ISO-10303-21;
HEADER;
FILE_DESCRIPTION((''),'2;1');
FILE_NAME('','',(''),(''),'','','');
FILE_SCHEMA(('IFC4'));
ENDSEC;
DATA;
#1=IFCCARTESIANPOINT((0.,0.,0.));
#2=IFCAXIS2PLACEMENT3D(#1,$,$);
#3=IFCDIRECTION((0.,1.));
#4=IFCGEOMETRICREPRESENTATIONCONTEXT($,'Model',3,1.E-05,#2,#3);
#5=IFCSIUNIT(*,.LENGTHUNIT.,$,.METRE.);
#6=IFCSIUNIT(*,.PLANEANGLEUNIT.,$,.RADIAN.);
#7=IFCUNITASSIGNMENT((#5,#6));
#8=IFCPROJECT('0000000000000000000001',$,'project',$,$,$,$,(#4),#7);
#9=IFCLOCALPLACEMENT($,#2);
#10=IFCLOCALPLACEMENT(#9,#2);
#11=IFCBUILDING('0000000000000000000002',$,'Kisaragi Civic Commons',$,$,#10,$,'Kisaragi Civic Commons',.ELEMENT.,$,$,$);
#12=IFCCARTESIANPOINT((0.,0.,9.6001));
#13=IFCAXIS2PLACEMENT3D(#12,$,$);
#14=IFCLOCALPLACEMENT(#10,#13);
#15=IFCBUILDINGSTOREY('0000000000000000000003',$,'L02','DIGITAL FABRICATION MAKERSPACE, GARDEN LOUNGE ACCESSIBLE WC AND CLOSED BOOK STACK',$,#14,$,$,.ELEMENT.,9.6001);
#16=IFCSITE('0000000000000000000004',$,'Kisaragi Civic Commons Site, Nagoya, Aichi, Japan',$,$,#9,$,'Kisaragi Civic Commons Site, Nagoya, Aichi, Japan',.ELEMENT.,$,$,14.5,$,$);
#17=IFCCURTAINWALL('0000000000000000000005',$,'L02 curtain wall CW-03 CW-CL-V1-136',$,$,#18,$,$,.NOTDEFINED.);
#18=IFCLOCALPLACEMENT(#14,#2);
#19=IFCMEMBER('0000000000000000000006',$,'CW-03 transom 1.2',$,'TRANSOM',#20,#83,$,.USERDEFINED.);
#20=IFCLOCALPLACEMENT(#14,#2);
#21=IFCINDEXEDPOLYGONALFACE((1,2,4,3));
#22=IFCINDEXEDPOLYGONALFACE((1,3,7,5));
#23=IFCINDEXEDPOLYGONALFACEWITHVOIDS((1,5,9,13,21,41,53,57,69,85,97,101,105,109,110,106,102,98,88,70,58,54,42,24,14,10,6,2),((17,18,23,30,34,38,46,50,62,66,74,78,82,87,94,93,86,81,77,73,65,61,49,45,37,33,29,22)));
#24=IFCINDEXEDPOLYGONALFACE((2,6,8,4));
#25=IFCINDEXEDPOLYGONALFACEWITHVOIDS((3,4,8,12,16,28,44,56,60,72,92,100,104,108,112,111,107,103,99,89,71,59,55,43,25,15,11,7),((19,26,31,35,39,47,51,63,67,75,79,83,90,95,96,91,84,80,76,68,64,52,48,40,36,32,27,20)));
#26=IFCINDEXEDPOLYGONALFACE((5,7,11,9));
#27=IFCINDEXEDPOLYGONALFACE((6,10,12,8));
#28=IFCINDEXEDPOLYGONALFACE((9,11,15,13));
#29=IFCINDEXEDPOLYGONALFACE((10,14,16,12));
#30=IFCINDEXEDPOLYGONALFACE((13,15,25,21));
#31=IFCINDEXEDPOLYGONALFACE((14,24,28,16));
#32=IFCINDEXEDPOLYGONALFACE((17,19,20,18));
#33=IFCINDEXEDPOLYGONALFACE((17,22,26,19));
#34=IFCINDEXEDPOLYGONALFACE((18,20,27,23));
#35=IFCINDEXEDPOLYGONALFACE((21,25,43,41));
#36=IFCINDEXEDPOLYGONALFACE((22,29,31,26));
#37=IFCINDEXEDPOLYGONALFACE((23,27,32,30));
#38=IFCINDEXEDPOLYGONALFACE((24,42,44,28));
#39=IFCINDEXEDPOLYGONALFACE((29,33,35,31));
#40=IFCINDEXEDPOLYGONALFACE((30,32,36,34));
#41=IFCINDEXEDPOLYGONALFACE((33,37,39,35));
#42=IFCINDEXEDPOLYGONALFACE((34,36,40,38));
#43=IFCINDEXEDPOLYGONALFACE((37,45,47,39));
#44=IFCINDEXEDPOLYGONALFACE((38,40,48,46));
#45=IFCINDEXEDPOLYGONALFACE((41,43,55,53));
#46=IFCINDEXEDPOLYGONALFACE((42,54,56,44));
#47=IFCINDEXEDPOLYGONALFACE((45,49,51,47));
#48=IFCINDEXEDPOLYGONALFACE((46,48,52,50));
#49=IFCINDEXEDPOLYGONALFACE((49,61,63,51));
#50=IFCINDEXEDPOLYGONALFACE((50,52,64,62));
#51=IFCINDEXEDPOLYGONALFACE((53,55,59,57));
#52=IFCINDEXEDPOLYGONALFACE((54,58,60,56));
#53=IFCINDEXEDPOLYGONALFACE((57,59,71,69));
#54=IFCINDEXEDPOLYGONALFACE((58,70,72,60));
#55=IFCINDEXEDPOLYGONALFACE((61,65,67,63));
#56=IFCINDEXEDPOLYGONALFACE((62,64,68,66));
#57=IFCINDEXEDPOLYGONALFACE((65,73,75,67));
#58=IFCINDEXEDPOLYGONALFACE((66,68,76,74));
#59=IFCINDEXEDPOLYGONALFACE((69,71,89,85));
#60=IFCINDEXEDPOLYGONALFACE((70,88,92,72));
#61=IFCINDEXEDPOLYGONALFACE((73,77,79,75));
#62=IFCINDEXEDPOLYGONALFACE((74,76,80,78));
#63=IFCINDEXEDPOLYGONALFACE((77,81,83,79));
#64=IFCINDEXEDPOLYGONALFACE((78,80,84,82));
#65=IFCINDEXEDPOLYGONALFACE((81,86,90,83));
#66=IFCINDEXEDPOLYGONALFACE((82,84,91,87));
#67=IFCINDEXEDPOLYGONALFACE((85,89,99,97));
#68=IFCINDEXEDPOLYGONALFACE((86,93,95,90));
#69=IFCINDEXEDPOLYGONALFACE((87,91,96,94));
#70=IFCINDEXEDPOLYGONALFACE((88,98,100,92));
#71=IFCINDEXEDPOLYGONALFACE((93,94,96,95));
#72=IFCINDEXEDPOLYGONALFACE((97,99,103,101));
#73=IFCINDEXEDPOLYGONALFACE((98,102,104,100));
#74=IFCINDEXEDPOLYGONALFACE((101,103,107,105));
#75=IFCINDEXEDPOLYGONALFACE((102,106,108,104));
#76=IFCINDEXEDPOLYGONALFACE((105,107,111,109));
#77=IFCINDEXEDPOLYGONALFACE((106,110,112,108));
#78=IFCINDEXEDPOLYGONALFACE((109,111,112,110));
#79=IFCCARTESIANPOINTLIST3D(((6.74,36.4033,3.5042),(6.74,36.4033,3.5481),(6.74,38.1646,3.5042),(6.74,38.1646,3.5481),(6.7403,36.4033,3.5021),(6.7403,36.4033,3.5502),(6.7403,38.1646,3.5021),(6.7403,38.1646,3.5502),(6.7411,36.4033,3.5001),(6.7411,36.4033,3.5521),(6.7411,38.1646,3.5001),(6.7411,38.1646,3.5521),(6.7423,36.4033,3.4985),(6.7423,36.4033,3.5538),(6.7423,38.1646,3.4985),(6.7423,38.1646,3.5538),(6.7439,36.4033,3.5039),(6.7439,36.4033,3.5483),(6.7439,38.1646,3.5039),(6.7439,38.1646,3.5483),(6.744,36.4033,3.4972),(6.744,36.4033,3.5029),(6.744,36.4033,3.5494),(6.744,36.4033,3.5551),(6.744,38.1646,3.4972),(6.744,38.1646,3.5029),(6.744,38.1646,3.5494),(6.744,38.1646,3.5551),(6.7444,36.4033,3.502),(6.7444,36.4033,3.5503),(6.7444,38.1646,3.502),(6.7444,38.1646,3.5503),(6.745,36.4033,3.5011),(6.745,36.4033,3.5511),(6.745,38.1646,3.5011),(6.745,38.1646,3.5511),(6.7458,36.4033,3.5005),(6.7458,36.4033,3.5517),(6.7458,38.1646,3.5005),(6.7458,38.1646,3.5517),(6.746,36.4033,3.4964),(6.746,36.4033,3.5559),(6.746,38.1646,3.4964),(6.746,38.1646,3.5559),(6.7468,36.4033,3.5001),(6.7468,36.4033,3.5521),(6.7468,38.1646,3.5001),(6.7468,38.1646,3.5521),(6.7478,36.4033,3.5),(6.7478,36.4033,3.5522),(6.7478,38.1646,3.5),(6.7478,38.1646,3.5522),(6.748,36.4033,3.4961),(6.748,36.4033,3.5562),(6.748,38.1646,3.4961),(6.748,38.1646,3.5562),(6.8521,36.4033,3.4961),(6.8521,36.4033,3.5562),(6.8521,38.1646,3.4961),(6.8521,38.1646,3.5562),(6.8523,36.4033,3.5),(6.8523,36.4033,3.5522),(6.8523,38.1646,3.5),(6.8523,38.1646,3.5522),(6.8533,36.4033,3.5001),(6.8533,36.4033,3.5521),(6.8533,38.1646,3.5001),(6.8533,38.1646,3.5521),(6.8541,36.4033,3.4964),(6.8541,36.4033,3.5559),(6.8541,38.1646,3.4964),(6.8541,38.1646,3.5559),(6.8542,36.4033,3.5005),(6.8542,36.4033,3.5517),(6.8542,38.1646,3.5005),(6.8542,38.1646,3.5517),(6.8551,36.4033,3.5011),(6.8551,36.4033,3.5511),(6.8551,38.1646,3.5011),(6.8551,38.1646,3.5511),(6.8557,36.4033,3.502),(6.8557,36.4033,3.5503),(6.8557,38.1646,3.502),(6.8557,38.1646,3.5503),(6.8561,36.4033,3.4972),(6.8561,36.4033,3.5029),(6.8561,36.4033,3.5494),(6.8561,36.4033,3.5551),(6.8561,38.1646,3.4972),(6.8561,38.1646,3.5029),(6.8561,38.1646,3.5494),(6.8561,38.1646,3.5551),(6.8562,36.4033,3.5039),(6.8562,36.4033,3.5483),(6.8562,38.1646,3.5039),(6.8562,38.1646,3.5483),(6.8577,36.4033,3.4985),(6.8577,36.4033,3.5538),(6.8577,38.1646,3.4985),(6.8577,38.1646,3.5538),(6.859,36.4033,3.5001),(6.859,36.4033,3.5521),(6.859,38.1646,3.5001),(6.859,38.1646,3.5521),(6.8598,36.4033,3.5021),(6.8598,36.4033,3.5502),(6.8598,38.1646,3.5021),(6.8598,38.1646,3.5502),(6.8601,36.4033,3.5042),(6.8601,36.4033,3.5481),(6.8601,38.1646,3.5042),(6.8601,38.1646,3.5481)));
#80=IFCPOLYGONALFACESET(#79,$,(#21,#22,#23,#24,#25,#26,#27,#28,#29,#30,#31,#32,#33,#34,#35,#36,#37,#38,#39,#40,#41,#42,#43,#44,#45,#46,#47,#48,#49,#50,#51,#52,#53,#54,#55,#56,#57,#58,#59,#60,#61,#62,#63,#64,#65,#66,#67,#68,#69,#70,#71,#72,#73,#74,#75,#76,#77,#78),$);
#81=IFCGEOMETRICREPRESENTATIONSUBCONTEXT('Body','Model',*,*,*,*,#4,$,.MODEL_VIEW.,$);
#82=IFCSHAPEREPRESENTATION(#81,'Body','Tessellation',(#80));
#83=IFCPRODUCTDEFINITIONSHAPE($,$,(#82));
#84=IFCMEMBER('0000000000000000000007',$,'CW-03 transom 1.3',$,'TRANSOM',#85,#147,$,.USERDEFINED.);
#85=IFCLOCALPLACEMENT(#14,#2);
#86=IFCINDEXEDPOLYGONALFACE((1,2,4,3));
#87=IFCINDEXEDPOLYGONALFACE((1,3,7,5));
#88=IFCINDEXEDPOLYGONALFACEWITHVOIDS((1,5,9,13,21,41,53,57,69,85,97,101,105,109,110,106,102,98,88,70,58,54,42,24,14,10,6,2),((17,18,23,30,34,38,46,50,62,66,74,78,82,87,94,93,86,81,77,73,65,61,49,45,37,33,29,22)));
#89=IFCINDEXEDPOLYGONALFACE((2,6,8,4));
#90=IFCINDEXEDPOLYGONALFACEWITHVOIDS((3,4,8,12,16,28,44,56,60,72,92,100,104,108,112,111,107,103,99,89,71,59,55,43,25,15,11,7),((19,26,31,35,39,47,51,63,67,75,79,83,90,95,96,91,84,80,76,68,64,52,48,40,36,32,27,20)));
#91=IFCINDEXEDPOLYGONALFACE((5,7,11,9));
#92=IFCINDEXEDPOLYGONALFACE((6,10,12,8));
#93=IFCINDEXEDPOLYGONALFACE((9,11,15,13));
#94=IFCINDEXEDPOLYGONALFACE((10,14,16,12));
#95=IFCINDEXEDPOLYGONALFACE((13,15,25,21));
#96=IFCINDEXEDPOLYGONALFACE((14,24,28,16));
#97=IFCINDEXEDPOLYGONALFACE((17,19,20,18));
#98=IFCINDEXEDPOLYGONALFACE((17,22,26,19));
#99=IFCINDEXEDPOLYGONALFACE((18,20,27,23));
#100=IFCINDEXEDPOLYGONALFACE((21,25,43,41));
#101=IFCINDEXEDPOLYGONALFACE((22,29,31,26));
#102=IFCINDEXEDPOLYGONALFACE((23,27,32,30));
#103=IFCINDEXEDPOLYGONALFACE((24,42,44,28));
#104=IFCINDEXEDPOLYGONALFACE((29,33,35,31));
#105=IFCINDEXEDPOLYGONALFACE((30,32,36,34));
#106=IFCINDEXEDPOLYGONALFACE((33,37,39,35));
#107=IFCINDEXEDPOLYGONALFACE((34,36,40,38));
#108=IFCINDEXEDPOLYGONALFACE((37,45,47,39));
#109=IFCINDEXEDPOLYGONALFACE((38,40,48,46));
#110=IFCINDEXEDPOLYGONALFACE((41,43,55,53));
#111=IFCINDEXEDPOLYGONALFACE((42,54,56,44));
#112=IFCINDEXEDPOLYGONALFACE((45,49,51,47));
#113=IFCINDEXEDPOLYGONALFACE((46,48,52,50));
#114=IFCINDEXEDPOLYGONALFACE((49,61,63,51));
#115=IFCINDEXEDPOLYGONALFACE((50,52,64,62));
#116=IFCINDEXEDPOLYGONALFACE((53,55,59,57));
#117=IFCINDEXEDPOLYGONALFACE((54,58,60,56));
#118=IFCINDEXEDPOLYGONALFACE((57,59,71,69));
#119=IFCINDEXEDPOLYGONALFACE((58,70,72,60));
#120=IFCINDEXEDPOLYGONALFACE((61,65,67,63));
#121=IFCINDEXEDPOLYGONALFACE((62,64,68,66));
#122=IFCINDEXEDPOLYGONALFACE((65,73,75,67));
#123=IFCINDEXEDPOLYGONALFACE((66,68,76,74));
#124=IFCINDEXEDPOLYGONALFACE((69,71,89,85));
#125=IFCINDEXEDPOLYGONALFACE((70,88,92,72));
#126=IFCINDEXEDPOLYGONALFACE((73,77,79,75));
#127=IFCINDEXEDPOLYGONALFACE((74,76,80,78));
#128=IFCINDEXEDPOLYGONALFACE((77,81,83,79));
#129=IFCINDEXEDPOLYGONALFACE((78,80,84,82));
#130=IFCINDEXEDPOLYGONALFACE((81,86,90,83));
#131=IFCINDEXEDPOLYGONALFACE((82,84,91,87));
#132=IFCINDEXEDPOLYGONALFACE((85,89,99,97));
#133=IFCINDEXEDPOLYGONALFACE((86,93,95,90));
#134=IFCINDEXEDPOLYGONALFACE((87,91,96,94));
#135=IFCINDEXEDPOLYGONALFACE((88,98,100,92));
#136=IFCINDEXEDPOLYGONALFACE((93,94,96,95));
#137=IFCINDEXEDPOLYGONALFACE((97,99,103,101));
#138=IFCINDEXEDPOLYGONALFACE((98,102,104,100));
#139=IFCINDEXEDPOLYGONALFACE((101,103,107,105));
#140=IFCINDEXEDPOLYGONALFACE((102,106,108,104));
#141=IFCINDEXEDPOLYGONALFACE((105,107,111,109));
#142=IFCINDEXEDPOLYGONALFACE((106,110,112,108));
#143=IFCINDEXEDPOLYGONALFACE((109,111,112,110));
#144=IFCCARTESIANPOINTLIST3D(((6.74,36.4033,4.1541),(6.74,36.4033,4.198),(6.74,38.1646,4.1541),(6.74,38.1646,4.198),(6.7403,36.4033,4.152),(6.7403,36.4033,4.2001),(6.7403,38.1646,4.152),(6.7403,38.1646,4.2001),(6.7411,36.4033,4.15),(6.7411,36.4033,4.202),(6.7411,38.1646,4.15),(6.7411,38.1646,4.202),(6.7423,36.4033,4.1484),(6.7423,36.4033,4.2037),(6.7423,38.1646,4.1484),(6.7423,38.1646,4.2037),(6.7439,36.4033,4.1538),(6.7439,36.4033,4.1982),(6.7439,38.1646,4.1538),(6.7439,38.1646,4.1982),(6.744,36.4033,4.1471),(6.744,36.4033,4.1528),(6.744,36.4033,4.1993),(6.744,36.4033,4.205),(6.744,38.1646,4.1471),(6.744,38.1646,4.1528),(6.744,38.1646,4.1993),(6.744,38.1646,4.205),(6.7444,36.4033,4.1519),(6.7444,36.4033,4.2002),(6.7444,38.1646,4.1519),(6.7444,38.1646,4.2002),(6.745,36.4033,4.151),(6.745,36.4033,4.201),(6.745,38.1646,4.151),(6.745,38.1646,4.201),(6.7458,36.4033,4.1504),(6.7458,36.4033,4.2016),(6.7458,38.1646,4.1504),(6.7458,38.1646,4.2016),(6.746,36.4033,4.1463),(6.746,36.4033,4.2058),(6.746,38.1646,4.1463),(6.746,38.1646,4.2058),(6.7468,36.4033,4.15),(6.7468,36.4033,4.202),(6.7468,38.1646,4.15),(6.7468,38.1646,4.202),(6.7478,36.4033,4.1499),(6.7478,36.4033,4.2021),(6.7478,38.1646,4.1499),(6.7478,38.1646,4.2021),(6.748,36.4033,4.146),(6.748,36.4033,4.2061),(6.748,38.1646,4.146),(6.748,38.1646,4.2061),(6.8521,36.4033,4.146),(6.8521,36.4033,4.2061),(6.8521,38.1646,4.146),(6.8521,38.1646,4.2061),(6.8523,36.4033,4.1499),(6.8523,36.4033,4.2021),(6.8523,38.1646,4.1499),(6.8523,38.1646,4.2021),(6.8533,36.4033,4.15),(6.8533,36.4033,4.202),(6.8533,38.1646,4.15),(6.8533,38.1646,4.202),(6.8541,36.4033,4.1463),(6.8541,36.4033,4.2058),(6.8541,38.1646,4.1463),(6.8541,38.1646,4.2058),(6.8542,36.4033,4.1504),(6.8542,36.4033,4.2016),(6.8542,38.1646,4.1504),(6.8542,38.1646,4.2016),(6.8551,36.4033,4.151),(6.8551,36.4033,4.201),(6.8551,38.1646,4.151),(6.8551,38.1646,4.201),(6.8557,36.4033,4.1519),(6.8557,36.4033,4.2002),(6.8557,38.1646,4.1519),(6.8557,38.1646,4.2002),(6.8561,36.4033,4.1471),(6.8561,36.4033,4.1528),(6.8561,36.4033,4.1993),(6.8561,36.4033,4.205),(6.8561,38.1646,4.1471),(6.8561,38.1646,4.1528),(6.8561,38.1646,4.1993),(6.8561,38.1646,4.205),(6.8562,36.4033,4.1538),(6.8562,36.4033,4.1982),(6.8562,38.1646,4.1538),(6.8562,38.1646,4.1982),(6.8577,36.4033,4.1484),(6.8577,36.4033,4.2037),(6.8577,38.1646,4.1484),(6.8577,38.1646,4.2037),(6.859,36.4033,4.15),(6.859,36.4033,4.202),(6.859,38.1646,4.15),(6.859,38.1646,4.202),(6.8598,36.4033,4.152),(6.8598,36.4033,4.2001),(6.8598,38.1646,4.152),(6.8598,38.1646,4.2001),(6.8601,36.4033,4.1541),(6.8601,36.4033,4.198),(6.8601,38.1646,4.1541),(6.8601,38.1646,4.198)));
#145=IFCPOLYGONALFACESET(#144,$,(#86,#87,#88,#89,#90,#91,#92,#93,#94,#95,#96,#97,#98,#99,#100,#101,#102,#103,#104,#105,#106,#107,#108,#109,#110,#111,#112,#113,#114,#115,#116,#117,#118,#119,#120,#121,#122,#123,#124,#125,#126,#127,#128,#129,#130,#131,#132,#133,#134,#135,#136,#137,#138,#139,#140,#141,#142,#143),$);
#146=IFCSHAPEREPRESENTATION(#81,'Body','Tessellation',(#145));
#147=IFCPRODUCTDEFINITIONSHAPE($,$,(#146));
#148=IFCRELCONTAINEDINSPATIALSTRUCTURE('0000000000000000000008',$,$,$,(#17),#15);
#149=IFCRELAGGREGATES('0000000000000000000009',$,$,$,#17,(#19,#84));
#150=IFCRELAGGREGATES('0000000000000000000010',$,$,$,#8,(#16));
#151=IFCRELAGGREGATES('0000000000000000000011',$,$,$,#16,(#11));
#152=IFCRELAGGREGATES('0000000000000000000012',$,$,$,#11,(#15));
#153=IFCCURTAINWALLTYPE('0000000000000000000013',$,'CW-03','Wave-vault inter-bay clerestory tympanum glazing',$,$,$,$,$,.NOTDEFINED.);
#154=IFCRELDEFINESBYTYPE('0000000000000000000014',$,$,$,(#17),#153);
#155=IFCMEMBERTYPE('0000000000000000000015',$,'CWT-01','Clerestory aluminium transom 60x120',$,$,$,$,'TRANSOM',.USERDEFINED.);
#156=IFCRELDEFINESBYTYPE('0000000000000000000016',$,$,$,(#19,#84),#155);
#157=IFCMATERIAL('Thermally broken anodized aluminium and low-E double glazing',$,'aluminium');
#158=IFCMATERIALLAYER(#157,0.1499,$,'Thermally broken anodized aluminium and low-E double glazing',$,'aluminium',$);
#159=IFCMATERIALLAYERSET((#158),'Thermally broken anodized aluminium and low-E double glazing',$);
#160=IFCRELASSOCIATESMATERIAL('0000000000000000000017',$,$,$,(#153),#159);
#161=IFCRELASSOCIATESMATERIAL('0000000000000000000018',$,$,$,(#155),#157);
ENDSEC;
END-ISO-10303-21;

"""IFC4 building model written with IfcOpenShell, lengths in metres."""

from ifc_helpers import new_model, si_unit, direction, frame, origin, origin_2d, place, context, subcontext, project, spatial, hollow_rectangle, extrude, material, layer, layer_set, material_profile, profile_set, type_object, element, aggregate, save


model = new_model("IFC4")

# Units and contexts
model_context = context("Model", 3, precision=1e-05, world=origin(), true_north=direction((0.0, 1.0)))
body_context = subcontext(model_context, "Body", "Model", "MODEL_VIEW")
ifc_project = project(units=[si_unit("LENGTHUNIT", "METRE"), si_unit("PLANEANGLEUNIT", "RADIAN")], contexts=[model_context])

# Site, building, storey
site_placement = place(None, origin())
site = spatial("IfcSite", under=ifc_project, at=site_placement, Name="Kisaragi Civic Commons Site, Nagoya, Aichi, Japan", LongName="Kisaragi Civic Commons Site, Nagoya, Aichi, Japan", CompositionType="ELEMENT", RefElevation=14.5)
building_placement = place(site_placement, origin())
building = spatial("IfcBuilding", under=site, at=building_placement, Name="Kisaragi Civic Commons", LongName="Kisaragi Civic Commons", CompositionType="ELEMENT")
storey_placement = place(building_placement, frame((0.0, 0.0, 9.6001)))
storey = spatial("IfcBuildingStorey", under=building, at=storey_placement, Name="L02", Description="DIGITAL FABRICATION MAKERSPACE, GARDEN LOUNGE ACCESSIBLE WC AND CLOSED BOOK STACK", CompositionType="ELEMENT", Elevation=9.6001)

# Shared definitions
ifc_material_1 = material(Name="Thermally broken anodized aluminium and low-E double glazing", Category="aluminium")
ifc_layer_1 = layer(ifc_material_1, 0.1499, Name="Thermally broken anodized aluminium and low-E double glazing", Category="aluminium")
ifc_layer_set_1 = layer_set([ifc_layer_1], Name="Thermally broken anodized aluminium and low-E double glazing")
curtain_wall_type = type_object("IfcCurtainWallType", Name="CW-03", Description="Wave-vault inter-bay clerestory tympanum glazing", PredefinedType="NOTDEFINED", material=ifc_layer_set_1)

# Curtain wall
curtain_wall_1_placement = place(storey_placement, origin())
curtain_wall_1 = element("IfcCurtainWall", 1, at=curtain_wall_1_placement, inside=storey, type_object=curtain_wall_type, Name="L02 curtain wall CW-03 CW-CL-V1-136", PredefinedType="NOTDEFINED")

# Members
ifc_material_profile_1 = material_profile(ifc_material_1, hollow_rectangle(XDim=0.1201, YDim=0.0601, WallThickness=0.0039, InnerFilletRadius=0.0039, OuterFilletRadius=0.0081, at=origin_2d()), Name="CWT-60x120x4", Category="aluminium")
ifc_profile_set_1 = profile_set([ifc_material_profile_1], Name="Thermally broken anodized aluminium and low-E double glazing")
member_type_1 = type_object("IfcMemberType", Name="CWT-01", Description="Clerestory aluminium transom 60x120", ElementType="TRANSOM", PredefinedType="USERDEFINED", material=ifc_profile_set_1)
member_1_placement = place(storey_placement, frame((6.8, 36.4033, 3.5261), z_axis=(0.0, 1.0, 0.0), x_axis=(-1.0, 0.0, 0.0)))
member_1 = element("IfcMember", 2, at=member_1_placement, type_object=member_type_1, Name="CW-03 transom 1.2", ObjectType="TRANSOM", PredefinedType="USERDEFINED", context=body_context, shape_type="SweptSolid", body=[
    extrude(hollow_rectangle(XDim=0.1201, YDim=0.0601, WallThickness=0.0039, InnerFilletRadius=0.0039, OuterFilletRadius=0.0081, at=origin_2d()), origin(), (0.0, 0.0, 1.0), 1.7612),
])
member_2_placement = place(storey_placement, frame((6.8, 36.4033, 4.176), z_axis=(0.0, 1.0, 0.0), x_axis=(-1.0, 0.0, 0.0)))
member_2 = element("IfcMember", 3, at=member_2_placement, type_object=member_type_1, Name="CW-03 transom 1.3", ObjectType="TRANSOM", PredefinedType="USERDEFINED", context=body_context, shape_type="SweptSolid", body=[
    extrude(hollow_rectangle(XDim=0.1201, YDim=0.0601, WallThickness=0.0039, InnerFilletRadius=0.0039, OuterFilletRadius=0.0081, at=origin_2d()), origin(), (0.0, 0.0, 1.0), 1.7612),
])
aggregate(curtain_wall_1, [member_1, member_2])

save(model, "model.ifc")
